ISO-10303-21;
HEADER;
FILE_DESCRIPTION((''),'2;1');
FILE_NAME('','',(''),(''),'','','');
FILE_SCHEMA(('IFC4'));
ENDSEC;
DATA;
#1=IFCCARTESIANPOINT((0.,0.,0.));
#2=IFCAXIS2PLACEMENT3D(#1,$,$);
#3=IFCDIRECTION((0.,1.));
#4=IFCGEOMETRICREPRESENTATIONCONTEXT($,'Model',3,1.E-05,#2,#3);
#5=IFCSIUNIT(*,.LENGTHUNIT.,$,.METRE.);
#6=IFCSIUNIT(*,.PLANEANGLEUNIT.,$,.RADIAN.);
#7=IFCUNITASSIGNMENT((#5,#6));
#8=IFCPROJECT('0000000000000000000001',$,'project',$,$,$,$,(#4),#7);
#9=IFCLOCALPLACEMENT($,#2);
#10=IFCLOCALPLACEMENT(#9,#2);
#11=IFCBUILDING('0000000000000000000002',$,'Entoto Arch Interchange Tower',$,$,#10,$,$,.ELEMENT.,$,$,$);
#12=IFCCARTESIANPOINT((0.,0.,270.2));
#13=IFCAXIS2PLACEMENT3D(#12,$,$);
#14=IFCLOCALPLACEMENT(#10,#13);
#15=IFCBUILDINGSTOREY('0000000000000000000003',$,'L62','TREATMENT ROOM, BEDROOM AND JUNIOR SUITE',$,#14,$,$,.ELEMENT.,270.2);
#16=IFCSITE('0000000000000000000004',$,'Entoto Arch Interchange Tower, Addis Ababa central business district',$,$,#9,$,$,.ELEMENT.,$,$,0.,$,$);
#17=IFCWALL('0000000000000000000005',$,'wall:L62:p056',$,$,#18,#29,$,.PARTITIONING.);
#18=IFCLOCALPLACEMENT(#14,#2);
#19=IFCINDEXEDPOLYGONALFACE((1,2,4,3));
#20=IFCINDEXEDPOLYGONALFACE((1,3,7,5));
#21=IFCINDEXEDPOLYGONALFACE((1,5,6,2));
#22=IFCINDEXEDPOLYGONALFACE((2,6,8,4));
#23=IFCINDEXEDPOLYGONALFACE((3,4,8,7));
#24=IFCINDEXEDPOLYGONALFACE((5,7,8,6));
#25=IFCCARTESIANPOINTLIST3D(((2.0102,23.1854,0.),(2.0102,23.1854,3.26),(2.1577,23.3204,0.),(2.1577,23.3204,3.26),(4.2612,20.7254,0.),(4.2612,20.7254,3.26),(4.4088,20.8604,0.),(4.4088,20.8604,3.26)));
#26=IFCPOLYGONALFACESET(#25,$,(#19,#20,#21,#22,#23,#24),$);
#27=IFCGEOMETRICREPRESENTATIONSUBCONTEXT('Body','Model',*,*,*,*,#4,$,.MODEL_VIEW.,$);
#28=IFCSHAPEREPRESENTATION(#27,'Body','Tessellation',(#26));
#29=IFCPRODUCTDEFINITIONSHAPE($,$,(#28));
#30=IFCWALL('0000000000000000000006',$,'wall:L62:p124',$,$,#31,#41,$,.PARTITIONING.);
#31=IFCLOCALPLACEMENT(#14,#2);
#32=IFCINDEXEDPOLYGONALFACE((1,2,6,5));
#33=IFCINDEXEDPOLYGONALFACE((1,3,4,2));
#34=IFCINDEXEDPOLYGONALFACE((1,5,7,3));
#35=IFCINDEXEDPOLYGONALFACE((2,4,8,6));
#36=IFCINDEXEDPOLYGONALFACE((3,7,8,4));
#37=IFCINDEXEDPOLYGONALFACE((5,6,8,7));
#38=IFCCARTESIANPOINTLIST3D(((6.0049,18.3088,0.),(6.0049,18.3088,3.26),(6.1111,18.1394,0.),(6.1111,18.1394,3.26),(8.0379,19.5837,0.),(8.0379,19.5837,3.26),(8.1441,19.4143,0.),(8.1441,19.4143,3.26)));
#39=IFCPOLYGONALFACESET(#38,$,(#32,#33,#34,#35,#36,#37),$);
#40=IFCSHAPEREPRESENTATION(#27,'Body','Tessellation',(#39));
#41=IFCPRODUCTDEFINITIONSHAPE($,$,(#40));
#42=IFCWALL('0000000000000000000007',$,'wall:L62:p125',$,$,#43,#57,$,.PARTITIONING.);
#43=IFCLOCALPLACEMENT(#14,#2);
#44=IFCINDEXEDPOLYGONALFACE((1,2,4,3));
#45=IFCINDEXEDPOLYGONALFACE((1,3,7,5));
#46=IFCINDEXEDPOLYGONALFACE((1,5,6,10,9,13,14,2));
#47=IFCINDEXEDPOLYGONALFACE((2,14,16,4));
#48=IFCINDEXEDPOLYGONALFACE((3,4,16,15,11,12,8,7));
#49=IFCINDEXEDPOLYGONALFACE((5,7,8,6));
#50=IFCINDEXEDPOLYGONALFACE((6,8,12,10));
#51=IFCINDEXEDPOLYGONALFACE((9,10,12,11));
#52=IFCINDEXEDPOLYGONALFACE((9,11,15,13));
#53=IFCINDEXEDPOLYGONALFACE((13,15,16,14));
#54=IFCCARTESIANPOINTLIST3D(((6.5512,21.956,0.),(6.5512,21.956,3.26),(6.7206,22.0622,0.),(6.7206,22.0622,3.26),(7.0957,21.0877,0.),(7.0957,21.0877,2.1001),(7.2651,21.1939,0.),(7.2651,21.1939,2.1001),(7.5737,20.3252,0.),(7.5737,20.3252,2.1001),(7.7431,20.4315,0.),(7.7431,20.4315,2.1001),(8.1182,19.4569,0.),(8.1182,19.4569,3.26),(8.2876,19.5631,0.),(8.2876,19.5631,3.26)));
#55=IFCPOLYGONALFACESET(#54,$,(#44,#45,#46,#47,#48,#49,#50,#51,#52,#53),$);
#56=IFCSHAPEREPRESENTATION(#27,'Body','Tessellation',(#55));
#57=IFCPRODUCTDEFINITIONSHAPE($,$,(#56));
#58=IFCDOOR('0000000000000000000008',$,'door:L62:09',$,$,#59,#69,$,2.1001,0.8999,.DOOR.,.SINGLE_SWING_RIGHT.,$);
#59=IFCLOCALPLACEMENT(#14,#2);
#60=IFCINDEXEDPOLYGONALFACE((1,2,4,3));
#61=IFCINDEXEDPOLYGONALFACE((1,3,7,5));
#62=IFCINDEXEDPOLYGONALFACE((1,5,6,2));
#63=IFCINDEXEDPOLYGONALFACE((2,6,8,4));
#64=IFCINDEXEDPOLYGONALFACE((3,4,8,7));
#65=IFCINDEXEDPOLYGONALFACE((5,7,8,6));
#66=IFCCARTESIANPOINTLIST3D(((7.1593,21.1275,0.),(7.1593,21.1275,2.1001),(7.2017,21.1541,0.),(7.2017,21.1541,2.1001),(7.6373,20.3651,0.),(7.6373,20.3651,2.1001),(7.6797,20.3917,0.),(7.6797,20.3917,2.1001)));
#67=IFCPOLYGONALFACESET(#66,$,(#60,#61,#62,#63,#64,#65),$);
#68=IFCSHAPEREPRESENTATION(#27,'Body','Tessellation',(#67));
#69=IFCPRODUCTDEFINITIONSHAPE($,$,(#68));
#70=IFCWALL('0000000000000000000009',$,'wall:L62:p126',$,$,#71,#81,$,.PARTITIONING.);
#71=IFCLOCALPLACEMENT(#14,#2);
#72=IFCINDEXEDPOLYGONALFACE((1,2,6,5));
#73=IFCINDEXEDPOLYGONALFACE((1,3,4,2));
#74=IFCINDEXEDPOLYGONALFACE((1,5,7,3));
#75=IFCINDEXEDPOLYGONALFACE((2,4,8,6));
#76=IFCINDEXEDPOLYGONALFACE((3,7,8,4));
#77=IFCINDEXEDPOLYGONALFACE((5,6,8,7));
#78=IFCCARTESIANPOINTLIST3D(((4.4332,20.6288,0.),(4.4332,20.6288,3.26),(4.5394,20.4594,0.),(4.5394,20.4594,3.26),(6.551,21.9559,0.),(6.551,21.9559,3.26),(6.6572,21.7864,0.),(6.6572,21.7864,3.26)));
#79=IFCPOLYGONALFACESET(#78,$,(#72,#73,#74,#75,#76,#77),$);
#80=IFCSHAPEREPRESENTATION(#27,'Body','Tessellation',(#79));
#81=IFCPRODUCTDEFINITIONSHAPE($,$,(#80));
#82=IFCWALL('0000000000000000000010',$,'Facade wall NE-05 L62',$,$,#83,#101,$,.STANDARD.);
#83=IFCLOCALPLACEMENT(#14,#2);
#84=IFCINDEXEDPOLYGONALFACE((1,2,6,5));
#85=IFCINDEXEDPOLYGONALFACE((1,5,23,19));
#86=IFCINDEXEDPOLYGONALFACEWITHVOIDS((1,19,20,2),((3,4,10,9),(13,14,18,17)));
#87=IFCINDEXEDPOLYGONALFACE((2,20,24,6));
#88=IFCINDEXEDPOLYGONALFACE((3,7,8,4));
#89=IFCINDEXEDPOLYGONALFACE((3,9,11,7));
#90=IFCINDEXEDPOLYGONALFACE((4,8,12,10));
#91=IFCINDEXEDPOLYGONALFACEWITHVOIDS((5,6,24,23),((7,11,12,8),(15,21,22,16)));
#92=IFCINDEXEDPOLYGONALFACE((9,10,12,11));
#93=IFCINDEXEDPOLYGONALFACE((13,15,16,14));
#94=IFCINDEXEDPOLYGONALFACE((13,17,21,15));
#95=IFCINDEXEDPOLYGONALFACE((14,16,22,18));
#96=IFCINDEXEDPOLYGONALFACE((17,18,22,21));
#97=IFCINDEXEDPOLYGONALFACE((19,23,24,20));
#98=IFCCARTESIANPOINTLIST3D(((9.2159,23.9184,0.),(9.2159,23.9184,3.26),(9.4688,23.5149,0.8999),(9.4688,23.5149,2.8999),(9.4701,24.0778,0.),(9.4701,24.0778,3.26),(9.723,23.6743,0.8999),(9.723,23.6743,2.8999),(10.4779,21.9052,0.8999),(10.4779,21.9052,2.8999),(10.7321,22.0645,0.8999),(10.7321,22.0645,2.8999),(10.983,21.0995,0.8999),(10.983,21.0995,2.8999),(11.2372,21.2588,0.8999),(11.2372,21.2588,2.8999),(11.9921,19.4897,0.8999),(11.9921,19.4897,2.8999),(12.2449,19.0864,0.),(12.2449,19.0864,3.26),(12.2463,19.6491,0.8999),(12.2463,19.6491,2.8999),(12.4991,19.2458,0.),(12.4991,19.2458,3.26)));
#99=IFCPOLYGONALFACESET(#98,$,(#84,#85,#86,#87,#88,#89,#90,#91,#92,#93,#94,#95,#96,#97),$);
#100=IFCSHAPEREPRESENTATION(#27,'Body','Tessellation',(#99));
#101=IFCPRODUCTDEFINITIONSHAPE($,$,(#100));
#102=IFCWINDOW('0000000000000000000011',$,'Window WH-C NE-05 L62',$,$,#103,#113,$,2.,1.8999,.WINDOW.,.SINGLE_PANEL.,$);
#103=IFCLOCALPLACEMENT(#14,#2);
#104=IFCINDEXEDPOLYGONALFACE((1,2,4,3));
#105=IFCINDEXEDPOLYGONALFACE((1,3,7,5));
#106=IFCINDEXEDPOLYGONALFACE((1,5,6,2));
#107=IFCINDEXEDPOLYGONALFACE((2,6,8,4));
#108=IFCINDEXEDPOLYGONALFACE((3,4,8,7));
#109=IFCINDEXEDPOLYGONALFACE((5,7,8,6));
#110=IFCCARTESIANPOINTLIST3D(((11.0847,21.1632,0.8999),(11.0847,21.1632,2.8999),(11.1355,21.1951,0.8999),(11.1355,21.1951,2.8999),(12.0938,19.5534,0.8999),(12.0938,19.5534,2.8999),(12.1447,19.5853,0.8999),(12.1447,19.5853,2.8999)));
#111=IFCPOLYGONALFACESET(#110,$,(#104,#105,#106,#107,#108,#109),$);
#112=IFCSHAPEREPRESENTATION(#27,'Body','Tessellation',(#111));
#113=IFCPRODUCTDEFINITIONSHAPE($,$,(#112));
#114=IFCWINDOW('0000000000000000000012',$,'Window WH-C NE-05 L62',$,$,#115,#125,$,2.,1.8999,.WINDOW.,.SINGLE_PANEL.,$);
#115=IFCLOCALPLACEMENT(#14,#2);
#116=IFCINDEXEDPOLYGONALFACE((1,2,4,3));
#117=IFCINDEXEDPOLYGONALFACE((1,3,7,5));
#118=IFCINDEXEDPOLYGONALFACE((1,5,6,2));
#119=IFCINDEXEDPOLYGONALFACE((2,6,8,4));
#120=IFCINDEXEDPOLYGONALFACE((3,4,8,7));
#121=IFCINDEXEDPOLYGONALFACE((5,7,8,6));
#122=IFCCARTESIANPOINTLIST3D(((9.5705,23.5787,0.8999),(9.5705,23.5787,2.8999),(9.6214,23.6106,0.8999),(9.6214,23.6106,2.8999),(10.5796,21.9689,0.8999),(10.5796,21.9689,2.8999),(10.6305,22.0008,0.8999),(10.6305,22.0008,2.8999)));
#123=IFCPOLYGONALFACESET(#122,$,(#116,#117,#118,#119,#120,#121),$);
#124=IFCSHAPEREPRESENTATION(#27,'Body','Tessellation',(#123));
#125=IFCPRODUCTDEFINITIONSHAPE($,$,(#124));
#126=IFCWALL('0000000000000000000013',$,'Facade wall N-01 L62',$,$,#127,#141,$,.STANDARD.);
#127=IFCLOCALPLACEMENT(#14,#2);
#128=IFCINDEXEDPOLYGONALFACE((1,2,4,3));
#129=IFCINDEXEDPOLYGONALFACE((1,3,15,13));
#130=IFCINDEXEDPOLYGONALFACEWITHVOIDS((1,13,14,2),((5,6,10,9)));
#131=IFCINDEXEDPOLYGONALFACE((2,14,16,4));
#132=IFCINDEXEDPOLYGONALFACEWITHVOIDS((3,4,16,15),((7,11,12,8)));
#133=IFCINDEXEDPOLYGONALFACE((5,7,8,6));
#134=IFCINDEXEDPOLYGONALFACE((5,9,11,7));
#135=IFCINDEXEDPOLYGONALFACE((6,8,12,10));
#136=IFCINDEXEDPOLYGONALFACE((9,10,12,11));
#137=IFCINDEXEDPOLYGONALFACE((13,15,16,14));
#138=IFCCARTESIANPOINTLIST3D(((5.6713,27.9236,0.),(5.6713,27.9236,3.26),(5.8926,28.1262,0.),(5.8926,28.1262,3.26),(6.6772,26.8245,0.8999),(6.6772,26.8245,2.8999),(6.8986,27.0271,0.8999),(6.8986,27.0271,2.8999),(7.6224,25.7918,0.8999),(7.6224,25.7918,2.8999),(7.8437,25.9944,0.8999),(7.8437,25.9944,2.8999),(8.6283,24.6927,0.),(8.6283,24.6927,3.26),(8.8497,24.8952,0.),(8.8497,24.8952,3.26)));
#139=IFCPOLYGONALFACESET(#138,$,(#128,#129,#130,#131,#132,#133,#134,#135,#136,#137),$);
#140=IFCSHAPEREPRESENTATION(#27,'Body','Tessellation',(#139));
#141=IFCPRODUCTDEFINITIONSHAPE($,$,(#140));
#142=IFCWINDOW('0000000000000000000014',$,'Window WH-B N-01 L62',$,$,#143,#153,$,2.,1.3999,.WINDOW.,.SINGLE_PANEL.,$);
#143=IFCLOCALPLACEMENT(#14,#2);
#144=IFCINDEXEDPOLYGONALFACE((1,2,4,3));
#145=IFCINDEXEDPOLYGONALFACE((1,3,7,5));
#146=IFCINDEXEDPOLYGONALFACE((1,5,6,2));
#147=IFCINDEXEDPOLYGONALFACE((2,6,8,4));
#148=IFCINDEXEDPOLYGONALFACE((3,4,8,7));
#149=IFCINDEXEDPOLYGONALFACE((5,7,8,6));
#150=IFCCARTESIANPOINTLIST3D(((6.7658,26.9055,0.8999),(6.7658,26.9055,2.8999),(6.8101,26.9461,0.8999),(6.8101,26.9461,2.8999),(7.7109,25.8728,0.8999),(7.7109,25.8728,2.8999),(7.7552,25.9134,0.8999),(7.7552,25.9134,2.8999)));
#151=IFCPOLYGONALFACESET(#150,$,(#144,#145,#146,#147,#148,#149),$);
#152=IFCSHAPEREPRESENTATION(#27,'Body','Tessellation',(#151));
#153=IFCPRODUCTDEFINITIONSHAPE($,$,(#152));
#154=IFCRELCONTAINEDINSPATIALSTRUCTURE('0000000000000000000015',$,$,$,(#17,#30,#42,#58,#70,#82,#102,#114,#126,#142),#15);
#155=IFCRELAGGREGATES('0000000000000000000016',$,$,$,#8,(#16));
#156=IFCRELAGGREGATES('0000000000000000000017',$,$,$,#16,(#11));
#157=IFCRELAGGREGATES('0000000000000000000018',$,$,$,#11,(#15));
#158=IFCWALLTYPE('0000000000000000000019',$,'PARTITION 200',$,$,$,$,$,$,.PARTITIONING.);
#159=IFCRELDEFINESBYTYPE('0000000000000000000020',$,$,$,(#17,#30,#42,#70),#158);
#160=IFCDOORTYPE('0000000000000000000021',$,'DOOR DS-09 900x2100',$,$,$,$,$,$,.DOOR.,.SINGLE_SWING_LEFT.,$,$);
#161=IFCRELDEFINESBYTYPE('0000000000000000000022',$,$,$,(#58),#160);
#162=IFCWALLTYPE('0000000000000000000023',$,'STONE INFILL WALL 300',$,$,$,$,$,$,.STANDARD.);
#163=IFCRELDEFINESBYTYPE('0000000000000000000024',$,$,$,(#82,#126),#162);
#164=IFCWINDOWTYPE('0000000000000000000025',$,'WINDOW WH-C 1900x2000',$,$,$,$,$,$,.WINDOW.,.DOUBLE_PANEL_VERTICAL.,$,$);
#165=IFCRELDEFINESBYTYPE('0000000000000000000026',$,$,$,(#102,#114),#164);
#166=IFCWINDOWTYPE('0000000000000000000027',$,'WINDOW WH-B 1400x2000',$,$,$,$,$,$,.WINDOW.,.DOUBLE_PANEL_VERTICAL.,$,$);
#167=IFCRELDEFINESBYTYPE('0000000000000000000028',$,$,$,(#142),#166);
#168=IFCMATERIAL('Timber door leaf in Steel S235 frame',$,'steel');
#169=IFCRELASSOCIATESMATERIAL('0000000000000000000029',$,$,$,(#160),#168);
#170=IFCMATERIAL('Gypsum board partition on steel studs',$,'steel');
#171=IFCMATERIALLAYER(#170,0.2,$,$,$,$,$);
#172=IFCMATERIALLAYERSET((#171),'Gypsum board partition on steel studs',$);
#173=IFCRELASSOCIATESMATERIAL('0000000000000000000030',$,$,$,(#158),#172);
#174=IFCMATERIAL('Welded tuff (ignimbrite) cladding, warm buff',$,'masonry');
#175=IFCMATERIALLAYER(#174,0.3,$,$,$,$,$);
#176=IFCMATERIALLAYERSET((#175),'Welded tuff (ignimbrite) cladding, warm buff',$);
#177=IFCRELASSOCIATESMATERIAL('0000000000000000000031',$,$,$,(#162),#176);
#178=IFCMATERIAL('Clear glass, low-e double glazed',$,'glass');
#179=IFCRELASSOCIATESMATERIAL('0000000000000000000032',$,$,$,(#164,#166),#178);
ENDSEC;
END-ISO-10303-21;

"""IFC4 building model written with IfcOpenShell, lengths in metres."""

from ifc_helpers import new_model, si_unit, direction, frame, frame_2d, origin, place, context, subcontext, project, spatial, rectangle, extrude, material, layer, layer_set, type_object, element, fill, save


model = new_model("IFC4")

# Units and contexts
model_context = context("Model", 3, precision=1e-05, world=origin(), true_north=direction((0.0, 1.0)))
body_context = subcontext(model_context, "Body", "Model", "MODEL_VIEW")
ifc_project = project(units=[si_unit("LENGTHUNIT", "METRE"), si_unit("PLANEANGLEUNIT", "RADIAN")], contexts=[model_context])

# Site, building, storey
site_placement = place(None, origin())
site = spatial("IfcSite", under=ifc_project, at=site_placement, Name="Entoto Arch Interchange Tower, Addis Ababa central business district", CompositionType="ELEMENT", RefElevation=0.0)
building_placement = place(site_placement, origin())
building = spatial("IfcBuilding", under=site, at=building_placement, Name="Entoto Arch Interchange Tower", CompositionType="ELEMENT")
storey_placement = place(building_placement, frame((0.0, 0.0, 270.2)))
storey = spatial("IfcBuildingStorey", under=building, at=storey_placement, Name="L62", Description="TREATMENT ROOM, BEDROOM AND JUNIOR SUITE", CompositionType="ELEMENT", Elevation=270.2)

# Shared definitions
ifc_material_1 = material(Name="Gypsum board partition on steel studs", Category="steel")
ifc_material_2 = material(Name="Timber door leaf in Steel S235 frame", Category="steel")
door_type_1 = type_object("IfcDoorType", Name="DOOR DS-09 900x2100", OperationType="SINGLE_SWING_LEFT", PredefinedType="DOOR", material=ifc_material_2)

# Shared definitions
ifc_layer_1 = layer(ifc_material_1, 0.2)
ifc_layer_set_1 = layer_set([ifc_layer_1], Name="Gypsum board partition on steel studs")
wall_type_1 = type_object("IfcWallType", Name="PARTITION 200", PredefinedType="PARTITIONING", material=ifc_layer_set_1)

# Walls
wall_1_placement = place(storey_placement, frame((2.084, 23.2529, 0.0), z_axis=(0.0, 0.0, 1.0), x_axis=(0.675075, -0.73775, 0.0)))
element("IfcWall", 1, at=wall_1_placement, inside=storey, type_object=wall_type_1, Name="wall:L62:p056", PredefinedType="PARTITIONING", context=body_context, shape_type="SweptSolid", body=[
    extrude(rectangle(XDim=3.3345, YDim=0.2, at=frame_2d((1.6672, 0.0))), origin(), (0.0, 0.0, 1.0), 3.26),
])
wall_2_placement = place(storey_placement, frame((6.0581, 18.2241, 0.0), z_axis=(0.0, 0.0, 1.0), x_axis=(0.847191, 0.531288, 0.0)))
element("IfcWall", 2, at=wall_2_placement, inside=storey, type_object=wall_type_1, Name="wall:L62:p124", PredefinedType="PARTITIONING", context=body_context, shape_type="SweptSolid", body=[
    extrude(rectangle(XDim=2.3997, YDim=0.2, at=frame_2d((1.1997, 0.0))), origin(), (0.0, 0.0, 1.0), 3.26),
])

# Wall, opening, door
wall_3_placement = place(storey_placement, frame((8.2029, 19.51, 0.0), z_axis=(0.0, 0.0, 1.0), x_axis=(-0.531219, 0.847235, 0.0)))
wall_3 = element("IfcWall", 3, at=wall_3_placement, inside=storey, type_object=wall_type_1, Name="wall:L62:p125", PredefinedType="PARTITIONING", context=body_context, shape_type="SweptSolid", body=[
    extrude(rectangle(XDim=2.9497, YDim=0.2, at=frame_2d((1.4749, 0.0))), origin(), (0.0, 0.0, 1.0), 3.26),
])
opening_1_placement = place(wall_3_placement, frame((1.0249, 0.0, 0.0)))
opening_1 = element("IfcOpeningElement", 4, at=opening_1_placement, cuts=wall_3, PredefinedType="OPENING", context=body_context, shape_type="SweptSolid", body=[
    extrude(rectangle(XDim=0.8999, YDim=2.1001, at=frame_2d((0.45, 1.05))), frame((0.0, 0.1099, 0.0), z_axis=(0.0, -1.0, 0.0), x_axis=(1.0, 0.0, 0.0)), (0.0, 0.0, 1.0), 0.22),
])
door_1_placement = place(opening_1_placement, origin())
door_1 = element("IfcDoor", 5, at=door_1_placement, inside=storey, type_object=door_type_1, Name="door:L62:09", OperationType="SINGLE_SWING_RIGHT", OverallHeight=2.1001, OverallWidth=0.8999, PredefinedType="DOOR", context=body_context, shape_type="SweptSolid", body=[
    extrude(rectangle(XDim=0.8999, YDim=2.1001, at=frame_2d((0.45, 1.05))), frame((0.0, 0.0249, 0.0), z_axis=(0.0, -1.0, 0.0), x_axis=(1.0, 0.0, 0.0)), (0.0, 0.0, 1.0), 0.05),
])
fill(opening_1, door_1)

# Wall
wall_4_placement = place(storey_placement, frame((6.604, 21.8711, 0.0), z_axis=(0.0, 0.0, 1.0), x_axis=(-0.847378, -0.530991, 0.0)))
element("IfcWall", 6, at=wall_4_placement, inside=storey, type_object=wall_type_1, Name="wall:L62:p126", PredefinedType="PARTITIONING", context=body_context, shape_type="SweptSolid", body=[
    extrude(rectangle(XDim=2.4993, YDim=0.2, at=frame_2d((1.2495, 0.0))), origin(), (0.0, 0.0, 1.0), 3.26),
])

# Wall, openings, windows
ifc_material_3 = material(Name="Welded tuff (ignimbrite) cladding, warm buff", Category="masonry")
ifc_layer_2 = layer(ifc_material_3, 0.3)
ifc_layer_set_2 = layer_set([ifc_layer_2], Name="Welded tuff (ignimbrite) cladding, warm buff")
wall_type_2 = type_object("IfcWallType", Name="STONE INFILL WALL 300", PredefinedType="STANDARD", material=ifc_layer_set_2)
wall_5_placement = place(storey_placement, frame((12.3721, 19.166, 0.0), z_axis=(0.0, 0.0, 1.0), x_axis=(-0.531137, 0.847286, 0.0)))
wall_5 = element("IfcWall", 7, at=wall_5_placement, inside=storey, type_object=wall_type_2, Name="Facade wall NE-05 L62", PredefinedType="STANDARD", context=body_context, shape_type="SweptSolid", body=[
    extrude(rectangle(XDim=5.7029, YDim=0.3, at=frame_2d((2.8516, 0.0))), origin(), (0.0, 0.0, 1.0), 3.26),
])
opening_2_placement = place(wall_5_placement, frame((0.4761, 0.0, 0.8999)))
opening_2 = element("IfcOpeningElement", 8, at=opening_2_placement, cuts=wall_5, PredefinedType="OPENING", context=body_context, shape_type="SweptSolid", body=[
    extrude(rectangle(XDim=1.8999, YDim=2.0, at=frame_2d((0.95, 1.0))), frame((0.0, 0.1602, 0.0), z_axis=(0.0, -1.0, 0.0), x_axis=(1.0, 0.0, 0.0)), (0.0, 0.0, 1.0), 0.3201),
])
opening_3_placement = place(wall_5_placement, frame((3.3269, 0.0, 0.8999)))
opening_3 = element("IfcOpeningElement", 9, at=opening_3_placement, cuts=wall_5, PredefinedType="OPENING", context=body_context, shape_type="SweptSolid", body=[
    extrude(rectangle(XDim=1.8999, YDim=2.0, at=frame_2d((0.95, 1.0))), frame((0.0, 0.1602, 0.0), z_axis=(0.0, -1.0, 0.0), x_axis=(1.0, 0.0, 0.0)), (0.0, 0.0, 1.0), 0.3201),
])
ifc_material_4 = material(Name="Clear glass, low-e double glazed", Category="glass")
window_type_1 = type_object("IfcWindowType", Name="WINDOW WH-C 1900x2000", PartitioningType="DOUBLE_PANEL_VERTICAL", PredefinedType="WINDOW", material=ifc_material_4)
window_1_placement = place(opening_2_placement, origin())
window_1 = element("IfcWindow", 10, at=window_1_placement, inside=storey, type_object=window_type_1, Name="Window WH-C NE-05 L62", OverallHeight=2.0, OverallWidth=1.8999, PartitioningType="SINGLE_PANEL", PredefinedType="WINDOW", context=body_context, shape_type="SweptSolid", body=[
    extrude(rectangle(XDim=1.8999, YDim=2.0, at=frame_2d((0.95, 1.0))), frame((0.0, 0.03, 0.0), z_axis=(0.0, -1.0, 0.0), x_axis=(1.0, 0.0, 0.0)), (0.0, 0.0, 1.0), 0.0601),
])
fill(opening_2, window_1)
window_2_placement = place(opening_3_placement, origin())
window_2 = element("IfcWindow", 11, at=window_2_placement, inside=storey, type_object=window_type_1, Name="Window WH-C NE-05 L62", OverallHeight=2.0, OverallWidth=1.8999, PartitioningType="SINGLE_PANEL", PredefinedType="WINDOW", context=body_context, shape_type="SweptSolid", body=[
    extrude(rectangle(XDim=1.8999, YDim=2.0, at=frame_2d((0.95, 1.0))), frame((0.0, 0.03, 0.0), z_axis=(0.0, -1.0, 0.0), x_axis=(1.0, 0.0, 0.0)), (0.0, 0.0, 1.0), 0.0601),
])
fill(opening_3, window_2)

# Wall, opening, window
wall_6_placement = place(storey_placement, frame((8.739, 24.7939, 0.0), z_axis=(0.0, 0.0, 1.0), x_axis=(-0.675144, 0.737686, 0.0)))
wall_6 = element("IfcWall", 12, at=wall_6_placement, inside=storey, type_object=wall_type_2, Name="Facade wall N-01 L62", PredefinedType="STANDARD", context=body_context, shape_type="SweptSolid", body=[
    extrude(rectangle(XDim=4.3799, YDim=0.3, at=frame_2d((2.1899, 0.0))), origin(), (0.0, 0.0, 1.0), 3.26),
])
opening_4_placement = place(wall_6_placement, frame((1.49, 0.0, 0.8999)))
opening_4 = element("IfcOpeningElement", 13, at=opening_4_placement, cuts=wall_6, PredefinedType="OPENING", context=body_context, shape_type="SweptSolid", body=[
    extrude(rectangle(XDim=1.3999, YDim=2.0, at=frame_2d((0.7, 1.0))), frame((0.0, 0.1602, 0.0), z_axis=(0.0, -1.0, 0.0), x_axis=(1.0, 0.0, 0.0)), (0.0, 0.0, 1.0), 0.3201),
])
window_type_2 = type_object("IfcWindowType", Name="WINDOW WH-B 1400x2000", PartitioningType="DOUBLE_PANEL_VERTICAL", PredefinedType="WINDOW", material=ifc_material_4)
window_3_placement = place(opening_4_placement, origin())
window_3 = element("IfcWindow", 14, at=window_3_placement, inside=storey, type_object=window_type_2, Name="Window WH-B N-01 L62", OverallHeight=2.0, OverallWidth=1.3999, PartitioningType="SINGLE_PANEL", PredefinedType="WINDOW", context=body_context, shape_type="SweptSolid", body=[
    extrude(rectangle(XDim=1.3999, YDim=2.0, at=frame_2d((0.7, 1.0))), frame((0.0, 0.03, 0.0), z_axis=(0.0, -1.0, 0.0), x_axis=(1.0, 0.0, 0.0)), (0.0, 0.0, 1.0), 0.0601),
])
fill(opening_4, window_3)

save(model, "model.ifc")
